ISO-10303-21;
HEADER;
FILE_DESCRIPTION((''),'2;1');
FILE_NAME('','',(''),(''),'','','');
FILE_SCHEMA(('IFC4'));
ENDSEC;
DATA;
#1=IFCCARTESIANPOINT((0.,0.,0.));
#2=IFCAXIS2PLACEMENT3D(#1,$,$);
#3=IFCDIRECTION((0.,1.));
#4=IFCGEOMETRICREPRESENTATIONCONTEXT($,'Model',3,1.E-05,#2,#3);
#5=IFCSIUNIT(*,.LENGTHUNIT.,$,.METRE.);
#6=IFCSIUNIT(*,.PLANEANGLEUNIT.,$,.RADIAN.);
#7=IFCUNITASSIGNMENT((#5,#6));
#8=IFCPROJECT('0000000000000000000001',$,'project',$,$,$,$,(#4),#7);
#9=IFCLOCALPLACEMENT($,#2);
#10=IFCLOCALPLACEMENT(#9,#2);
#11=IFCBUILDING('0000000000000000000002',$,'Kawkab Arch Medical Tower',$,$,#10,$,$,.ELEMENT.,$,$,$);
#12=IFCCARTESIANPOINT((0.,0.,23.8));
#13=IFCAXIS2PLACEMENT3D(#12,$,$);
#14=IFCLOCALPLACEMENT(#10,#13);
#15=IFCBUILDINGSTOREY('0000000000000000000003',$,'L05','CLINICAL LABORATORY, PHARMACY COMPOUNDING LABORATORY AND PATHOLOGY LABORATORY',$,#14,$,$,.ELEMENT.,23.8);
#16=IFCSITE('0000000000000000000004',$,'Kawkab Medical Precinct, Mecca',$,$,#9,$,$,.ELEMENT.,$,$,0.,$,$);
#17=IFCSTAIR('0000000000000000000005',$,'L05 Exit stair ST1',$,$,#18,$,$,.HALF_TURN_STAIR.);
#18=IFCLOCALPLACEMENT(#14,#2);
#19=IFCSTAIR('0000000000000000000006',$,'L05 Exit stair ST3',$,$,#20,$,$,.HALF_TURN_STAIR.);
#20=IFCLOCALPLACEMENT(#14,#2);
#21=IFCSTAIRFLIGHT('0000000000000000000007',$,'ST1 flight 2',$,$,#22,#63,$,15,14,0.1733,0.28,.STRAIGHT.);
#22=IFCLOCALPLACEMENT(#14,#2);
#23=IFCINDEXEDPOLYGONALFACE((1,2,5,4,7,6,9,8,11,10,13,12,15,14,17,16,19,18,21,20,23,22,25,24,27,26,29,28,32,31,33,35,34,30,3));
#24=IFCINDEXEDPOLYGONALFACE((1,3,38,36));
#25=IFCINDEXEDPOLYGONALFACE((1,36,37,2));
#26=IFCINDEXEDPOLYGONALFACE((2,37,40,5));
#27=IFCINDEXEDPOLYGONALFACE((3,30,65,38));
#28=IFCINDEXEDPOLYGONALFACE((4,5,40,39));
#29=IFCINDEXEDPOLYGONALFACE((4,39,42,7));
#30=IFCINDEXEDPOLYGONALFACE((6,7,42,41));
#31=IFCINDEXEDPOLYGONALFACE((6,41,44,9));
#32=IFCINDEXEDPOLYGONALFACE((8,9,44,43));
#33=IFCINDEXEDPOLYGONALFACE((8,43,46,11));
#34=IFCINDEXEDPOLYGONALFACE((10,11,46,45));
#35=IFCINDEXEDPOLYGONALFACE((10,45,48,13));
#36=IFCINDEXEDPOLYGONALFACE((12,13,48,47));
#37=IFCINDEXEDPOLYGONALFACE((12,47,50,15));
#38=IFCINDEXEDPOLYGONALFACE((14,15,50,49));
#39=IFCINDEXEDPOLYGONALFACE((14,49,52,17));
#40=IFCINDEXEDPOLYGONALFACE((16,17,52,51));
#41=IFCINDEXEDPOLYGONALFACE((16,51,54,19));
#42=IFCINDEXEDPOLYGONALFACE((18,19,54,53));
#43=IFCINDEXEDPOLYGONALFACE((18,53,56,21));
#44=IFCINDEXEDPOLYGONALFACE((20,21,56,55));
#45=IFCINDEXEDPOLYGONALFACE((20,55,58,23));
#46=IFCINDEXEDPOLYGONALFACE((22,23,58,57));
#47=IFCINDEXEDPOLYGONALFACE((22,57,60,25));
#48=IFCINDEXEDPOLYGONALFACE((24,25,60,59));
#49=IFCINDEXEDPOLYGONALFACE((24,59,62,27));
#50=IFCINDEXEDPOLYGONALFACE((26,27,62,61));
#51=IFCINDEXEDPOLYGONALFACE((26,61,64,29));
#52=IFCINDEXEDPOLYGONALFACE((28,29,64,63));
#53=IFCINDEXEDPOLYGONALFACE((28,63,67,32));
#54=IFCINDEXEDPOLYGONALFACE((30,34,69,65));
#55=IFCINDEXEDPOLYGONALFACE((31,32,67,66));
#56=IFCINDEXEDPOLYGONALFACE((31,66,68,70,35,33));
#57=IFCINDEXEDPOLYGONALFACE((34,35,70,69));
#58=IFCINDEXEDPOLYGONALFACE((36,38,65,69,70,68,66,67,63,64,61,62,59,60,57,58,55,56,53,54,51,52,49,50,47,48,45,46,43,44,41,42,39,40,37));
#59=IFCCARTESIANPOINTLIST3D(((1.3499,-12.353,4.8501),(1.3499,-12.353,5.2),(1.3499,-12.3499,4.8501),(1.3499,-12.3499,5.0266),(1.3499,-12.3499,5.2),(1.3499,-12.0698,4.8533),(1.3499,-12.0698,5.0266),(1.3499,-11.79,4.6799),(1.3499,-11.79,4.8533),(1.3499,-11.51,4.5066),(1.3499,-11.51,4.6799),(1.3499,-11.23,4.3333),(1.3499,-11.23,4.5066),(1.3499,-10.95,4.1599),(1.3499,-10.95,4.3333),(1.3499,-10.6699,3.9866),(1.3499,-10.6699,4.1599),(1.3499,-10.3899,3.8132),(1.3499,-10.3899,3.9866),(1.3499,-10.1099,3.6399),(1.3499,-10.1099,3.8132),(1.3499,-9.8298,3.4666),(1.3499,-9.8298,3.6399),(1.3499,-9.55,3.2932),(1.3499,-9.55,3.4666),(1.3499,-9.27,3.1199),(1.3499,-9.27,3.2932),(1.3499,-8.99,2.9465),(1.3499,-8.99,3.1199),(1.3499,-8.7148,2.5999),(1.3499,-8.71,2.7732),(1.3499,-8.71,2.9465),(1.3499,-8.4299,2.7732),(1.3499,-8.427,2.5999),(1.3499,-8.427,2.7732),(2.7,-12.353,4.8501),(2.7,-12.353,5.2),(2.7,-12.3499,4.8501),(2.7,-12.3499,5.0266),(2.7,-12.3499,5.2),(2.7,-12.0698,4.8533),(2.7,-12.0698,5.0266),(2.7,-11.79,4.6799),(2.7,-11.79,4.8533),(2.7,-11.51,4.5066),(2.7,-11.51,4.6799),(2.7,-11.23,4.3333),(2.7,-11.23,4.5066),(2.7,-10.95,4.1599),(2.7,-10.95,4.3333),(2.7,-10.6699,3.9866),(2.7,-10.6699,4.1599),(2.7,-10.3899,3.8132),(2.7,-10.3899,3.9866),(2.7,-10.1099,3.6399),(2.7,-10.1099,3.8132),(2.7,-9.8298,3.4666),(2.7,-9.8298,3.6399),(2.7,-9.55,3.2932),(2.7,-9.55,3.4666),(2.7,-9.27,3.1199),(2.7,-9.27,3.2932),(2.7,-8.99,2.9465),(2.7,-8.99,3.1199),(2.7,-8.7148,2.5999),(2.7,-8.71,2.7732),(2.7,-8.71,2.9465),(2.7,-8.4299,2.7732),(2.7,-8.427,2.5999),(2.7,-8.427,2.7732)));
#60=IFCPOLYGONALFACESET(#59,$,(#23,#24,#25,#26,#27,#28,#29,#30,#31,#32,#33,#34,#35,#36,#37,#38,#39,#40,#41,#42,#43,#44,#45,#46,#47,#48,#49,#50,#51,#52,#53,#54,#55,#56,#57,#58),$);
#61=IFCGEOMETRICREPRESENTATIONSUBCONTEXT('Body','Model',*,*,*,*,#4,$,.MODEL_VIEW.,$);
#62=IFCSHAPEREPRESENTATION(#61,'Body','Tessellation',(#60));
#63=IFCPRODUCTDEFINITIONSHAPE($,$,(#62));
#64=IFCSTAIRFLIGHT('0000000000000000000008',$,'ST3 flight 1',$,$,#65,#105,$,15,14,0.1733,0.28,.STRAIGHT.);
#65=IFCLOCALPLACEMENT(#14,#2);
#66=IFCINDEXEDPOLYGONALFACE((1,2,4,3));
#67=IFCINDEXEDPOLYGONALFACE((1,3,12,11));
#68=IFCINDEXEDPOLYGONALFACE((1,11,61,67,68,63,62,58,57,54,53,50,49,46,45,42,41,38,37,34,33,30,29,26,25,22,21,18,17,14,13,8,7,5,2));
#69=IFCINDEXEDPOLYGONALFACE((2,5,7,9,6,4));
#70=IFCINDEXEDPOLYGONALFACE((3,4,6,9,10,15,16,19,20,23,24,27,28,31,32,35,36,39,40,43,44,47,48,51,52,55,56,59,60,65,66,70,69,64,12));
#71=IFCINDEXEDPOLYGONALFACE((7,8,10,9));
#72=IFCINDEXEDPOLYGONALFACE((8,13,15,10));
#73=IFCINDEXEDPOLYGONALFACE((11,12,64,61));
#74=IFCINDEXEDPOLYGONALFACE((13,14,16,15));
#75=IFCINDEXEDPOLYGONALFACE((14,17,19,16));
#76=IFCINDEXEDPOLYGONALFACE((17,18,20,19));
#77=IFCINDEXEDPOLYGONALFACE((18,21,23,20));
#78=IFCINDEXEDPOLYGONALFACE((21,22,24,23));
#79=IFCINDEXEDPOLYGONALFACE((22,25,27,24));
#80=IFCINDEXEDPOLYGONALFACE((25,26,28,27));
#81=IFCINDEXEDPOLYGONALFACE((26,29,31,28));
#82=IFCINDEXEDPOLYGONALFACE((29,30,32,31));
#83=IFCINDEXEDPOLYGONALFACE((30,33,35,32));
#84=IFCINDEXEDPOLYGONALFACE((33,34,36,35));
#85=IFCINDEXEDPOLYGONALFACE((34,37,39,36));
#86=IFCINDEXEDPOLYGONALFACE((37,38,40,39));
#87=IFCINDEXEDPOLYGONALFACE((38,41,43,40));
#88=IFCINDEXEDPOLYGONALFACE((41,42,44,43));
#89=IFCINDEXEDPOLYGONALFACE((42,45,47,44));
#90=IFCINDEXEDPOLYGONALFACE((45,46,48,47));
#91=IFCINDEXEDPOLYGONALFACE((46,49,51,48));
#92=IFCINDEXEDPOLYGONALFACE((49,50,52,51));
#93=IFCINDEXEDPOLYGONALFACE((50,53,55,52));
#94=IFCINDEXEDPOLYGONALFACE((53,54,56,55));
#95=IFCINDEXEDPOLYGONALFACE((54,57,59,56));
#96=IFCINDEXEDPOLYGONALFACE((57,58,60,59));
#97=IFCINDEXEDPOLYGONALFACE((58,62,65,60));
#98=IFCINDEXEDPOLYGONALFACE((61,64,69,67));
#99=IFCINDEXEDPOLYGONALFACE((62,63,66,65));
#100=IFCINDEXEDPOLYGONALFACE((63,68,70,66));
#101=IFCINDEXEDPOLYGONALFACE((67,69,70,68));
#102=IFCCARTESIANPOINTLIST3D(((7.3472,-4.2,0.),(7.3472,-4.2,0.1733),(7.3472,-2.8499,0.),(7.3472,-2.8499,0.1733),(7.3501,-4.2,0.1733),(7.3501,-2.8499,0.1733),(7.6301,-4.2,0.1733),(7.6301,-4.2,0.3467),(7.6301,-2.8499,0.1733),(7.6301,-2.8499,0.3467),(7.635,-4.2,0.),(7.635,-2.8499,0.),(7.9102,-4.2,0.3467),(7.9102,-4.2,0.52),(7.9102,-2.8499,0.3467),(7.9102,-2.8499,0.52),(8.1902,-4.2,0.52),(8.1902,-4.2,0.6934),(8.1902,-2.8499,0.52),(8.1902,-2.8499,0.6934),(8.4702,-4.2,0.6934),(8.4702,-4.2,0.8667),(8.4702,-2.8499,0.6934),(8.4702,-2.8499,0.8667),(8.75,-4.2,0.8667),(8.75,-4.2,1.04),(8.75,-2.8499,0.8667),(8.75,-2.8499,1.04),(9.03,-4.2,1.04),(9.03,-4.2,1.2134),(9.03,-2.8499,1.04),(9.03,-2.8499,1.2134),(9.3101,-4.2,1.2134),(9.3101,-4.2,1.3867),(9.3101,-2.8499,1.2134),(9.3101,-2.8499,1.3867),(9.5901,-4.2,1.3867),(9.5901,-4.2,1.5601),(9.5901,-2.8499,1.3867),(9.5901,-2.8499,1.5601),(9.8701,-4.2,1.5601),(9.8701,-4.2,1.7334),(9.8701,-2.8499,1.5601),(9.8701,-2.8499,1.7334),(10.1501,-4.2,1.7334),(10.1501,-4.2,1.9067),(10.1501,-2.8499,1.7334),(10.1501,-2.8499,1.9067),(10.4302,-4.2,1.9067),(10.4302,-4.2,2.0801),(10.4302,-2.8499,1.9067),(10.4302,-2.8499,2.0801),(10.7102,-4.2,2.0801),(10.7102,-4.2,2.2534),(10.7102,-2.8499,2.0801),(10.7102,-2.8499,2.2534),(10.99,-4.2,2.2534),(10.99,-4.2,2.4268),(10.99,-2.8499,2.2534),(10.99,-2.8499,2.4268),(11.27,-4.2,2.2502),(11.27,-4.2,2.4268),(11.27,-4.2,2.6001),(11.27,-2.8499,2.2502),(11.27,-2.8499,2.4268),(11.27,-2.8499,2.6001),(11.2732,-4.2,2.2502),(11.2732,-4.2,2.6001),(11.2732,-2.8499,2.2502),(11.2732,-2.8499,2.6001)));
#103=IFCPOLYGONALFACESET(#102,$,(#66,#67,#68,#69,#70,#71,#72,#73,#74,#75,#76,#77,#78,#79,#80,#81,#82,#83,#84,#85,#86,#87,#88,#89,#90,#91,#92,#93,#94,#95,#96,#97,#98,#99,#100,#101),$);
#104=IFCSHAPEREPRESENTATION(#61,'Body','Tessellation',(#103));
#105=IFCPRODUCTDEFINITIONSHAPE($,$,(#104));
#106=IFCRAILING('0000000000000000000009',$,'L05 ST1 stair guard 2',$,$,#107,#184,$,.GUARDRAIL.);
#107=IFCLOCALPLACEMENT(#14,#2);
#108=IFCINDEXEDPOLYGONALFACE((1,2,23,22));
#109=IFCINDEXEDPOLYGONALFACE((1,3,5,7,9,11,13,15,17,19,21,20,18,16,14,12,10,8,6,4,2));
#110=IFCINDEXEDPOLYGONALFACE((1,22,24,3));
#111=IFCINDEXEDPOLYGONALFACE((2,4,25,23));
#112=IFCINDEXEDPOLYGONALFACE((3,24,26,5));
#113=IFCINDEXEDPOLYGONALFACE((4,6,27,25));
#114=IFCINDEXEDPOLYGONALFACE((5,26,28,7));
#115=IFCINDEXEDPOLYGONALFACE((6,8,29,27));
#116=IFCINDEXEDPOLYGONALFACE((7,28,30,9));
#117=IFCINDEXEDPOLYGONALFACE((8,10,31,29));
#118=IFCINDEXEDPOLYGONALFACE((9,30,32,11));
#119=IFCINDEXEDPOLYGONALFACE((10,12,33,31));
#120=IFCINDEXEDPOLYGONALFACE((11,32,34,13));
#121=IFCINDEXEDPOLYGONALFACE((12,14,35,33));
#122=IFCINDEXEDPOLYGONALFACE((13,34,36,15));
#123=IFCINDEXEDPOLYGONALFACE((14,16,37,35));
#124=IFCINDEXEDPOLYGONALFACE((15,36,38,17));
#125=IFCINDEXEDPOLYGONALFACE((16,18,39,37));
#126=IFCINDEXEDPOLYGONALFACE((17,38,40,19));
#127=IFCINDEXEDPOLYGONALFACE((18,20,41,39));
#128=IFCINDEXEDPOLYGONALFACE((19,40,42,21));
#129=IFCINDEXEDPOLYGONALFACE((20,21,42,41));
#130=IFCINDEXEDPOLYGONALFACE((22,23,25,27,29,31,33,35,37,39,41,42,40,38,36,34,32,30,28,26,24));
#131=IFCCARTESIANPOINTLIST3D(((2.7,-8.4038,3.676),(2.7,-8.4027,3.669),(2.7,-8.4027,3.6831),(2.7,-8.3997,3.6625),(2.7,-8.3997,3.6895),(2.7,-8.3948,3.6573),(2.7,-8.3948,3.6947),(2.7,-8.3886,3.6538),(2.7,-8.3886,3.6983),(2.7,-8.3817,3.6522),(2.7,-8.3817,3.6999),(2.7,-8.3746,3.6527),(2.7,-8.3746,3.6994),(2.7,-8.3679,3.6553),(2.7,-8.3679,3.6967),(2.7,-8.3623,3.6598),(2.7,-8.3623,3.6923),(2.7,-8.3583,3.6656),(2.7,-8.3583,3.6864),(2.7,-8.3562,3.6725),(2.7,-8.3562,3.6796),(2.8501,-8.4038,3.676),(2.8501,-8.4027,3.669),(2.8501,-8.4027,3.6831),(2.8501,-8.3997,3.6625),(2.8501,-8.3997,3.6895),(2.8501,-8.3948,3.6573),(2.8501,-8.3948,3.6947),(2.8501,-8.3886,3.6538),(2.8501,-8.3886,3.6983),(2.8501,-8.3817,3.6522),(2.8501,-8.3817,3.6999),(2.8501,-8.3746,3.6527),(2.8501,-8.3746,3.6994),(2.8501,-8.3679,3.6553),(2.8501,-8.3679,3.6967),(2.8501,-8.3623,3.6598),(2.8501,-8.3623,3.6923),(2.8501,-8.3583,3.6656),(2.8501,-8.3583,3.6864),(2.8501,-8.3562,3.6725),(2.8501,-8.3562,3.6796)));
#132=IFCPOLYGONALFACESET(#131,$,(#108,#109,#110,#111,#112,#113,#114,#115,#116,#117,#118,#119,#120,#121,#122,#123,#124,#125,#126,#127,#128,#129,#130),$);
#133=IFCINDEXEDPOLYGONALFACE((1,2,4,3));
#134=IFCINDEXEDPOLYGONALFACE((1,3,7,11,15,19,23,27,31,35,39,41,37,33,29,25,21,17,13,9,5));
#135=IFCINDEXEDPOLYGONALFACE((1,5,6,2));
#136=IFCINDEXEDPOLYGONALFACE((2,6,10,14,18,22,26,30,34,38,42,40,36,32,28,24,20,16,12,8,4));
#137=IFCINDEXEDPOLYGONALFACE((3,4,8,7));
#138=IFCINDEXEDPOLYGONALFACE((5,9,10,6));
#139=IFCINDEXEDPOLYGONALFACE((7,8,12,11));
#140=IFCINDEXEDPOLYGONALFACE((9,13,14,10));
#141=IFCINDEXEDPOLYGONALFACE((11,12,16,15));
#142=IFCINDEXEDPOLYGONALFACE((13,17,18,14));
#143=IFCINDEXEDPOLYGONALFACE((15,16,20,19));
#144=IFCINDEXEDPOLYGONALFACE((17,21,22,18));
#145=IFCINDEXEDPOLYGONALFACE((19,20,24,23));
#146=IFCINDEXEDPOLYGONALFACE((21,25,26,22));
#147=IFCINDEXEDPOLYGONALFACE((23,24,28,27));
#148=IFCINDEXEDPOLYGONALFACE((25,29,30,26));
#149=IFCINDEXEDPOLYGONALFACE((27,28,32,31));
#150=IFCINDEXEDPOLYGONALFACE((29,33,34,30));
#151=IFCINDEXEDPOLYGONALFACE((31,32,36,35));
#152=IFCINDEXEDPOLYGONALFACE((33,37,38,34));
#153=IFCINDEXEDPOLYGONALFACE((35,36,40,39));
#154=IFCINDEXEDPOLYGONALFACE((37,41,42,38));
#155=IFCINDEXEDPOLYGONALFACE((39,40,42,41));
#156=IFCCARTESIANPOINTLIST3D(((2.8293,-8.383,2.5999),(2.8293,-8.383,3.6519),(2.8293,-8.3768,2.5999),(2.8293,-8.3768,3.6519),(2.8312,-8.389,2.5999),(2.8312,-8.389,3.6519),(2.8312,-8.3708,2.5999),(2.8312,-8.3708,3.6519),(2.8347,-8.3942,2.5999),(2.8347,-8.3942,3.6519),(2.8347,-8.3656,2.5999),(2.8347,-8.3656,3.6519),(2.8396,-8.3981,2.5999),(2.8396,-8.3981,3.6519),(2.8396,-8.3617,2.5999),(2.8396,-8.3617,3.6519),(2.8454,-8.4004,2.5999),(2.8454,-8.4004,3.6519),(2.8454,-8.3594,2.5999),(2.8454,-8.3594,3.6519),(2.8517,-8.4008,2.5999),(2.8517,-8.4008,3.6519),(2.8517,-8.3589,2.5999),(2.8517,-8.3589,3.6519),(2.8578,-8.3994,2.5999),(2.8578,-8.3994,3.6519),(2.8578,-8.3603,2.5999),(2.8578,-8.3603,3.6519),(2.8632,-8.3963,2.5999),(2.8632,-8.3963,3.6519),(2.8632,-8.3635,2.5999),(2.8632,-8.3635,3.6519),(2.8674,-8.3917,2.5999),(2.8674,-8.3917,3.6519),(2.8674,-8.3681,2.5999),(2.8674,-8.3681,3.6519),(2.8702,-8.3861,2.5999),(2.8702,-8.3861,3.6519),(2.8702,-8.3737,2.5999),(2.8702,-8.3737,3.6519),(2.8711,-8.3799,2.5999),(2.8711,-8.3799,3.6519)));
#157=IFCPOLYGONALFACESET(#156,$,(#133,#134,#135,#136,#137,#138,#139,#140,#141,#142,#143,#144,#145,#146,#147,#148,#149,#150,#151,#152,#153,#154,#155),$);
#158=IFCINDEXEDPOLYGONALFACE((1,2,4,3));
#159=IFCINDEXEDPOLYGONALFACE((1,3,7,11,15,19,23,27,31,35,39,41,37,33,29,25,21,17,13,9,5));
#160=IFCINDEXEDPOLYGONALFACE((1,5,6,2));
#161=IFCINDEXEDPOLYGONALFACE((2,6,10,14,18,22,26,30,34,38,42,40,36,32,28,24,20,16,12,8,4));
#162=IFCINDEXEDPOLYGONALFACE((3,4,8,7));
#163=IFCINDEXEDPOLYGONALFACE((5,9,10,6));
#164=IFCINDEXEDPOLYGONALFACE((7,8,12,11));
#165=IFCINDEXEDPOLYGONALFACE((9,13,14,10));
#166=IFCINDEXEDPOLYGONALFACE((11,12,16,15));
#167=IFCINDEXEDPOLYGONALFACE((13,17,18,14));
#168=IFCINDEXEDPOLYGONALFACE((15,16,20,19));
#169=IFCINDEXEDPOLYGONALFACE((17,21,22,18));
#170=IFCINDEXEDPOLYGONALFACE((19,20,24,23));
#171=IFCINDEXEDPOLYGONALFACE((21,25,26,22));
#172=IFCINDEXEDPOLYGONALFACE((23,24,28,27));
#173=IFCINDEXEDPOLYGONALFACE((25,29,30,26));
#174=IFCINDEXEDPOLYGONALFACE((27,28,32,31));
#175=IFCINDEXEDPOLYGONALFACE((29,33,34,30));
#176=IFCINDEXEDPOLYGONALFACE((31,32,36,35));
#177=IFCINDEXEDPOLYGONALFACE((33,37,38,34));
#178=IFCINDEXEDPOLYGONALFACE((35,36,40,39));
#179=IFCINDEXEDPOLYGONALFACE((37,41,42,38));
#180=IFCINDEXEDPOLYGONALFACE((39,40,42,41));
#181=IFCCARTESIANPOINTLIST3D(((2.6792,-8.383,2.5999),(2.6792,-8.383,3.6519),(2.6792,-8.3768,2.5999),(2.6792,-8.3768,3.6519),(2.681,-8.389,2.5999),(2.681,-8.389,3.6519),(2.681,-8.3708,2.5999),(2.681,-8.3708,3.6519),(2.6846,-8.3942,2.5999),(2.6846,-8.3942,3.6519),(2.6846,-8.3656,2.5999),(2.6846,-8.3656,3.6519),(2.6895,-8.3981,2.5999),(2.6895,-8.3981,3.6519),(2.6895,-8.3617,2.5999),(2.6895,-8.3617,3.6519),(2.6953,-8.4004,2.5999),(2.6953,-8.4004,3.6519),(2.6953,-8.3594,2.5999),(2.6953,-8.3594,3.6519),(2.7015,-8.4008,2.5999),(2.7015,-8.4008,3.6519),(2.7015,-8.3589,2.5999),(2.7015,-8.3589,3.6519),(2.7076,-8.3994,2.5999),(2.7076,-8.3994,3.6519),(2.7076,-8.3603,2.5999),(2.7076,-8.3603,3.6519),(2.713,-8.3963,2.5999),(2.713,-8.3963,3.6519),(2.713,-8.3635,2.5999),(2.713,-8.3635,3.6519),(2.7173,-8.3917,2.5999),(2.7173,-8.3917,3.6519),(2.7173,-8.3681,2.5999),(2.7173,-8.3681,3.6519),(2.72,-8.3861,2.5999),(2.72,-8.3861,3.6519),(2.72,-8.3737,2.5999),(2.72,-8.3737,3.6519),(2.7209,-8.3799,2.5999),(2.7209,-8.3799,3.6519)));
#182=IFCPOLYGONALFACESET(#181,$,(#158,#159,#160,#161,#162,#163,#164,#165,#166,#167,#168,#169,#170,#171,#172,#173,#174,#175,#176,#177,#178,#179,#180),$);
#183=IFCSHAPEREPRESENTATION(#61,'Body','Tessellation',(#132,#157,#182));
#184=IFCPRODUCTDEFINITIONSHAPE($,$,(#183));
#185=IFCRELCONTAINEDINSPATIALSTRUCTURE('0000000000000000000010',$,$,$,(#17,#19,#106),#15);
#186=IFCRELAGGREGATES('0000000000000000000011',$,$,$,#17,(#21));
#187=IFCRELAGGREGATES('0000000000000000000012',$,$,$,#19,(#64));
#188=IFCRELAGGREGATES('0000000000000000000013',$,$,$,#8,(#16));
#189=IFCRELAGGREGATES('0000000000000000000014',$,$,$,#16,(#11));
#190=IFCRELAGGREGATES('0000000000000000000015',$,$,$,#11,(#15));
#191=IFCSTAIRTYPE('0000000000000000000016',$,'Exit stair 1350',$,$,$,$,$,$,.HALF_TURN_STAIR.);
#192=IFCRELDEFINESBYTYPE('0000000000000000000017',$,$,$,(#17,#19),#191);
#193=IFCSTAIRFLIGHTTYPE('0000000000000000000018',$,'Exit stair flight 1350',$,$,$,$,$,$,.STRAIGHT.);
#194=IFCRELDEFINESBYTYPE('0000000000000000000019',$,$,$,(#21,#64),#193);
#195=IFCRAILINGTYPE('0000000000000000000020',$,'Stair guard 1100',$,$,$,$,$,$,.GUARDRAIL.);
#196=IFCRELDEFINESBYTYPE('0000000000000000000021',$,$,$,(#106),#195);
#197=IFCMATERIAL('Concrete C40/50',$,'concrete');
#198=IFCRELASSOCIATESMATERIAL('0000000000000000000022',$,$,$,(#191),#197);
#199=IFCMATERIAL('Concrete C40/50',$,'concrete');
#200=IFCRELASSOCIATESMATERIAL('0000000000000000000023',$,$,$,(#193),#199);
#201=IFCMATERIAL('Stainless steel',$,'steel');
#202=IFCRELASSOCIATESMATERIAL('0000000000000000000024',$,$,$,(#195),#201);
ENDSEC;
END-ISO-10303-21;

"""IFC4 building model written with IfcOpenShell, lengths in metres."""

from ifc_helpers import new_model, si_unit, direction, frame, origin, origin_2d, place, context, subcontext, project, spatial, polyline, circle, outline, extrude, material, type_object, element, aggregate, save


model = new_model("IFC4")

# Units and contexts
model_context = context("Model", 3, precision=1e-05, world=origin(), true_north=direction((0.0, 1.0)))
body_context = subcontext(model_context, "Body", "Model", "MODEL_VIEW")
ifc_project = project(units=[si_unit("LENGTHUNIT", "METRE"), si_unit("PLANEANGLEUNIT", "RADIAN")], contexts=[model_context])

# Site, building, storey
site_placement = place(None, origin())
site = spatial("IfcSite", under=ifc_project, at=site_placement, Name="Kawkab Medical Precinct, Mecca", CompositionType="ELEMENT", RefElevation=0.0)
building_placement = place(site_placement, origin())
building = spatial("IfcBuilding", under=site, at=building_placement, Name="Kawkab Arch Medical Tower", CompositionType="ELEMENT")
storey_placement = place(building_placement, frame((0.0, 0.0, 23.8)))
storey = spatial("IfcBuildingStorey", under=building, at=storey_placement, Name="L05", Description="CLINICAL LABORATORY, PHARMACY COMPOUNDING LABORATORY AND PATHOLOGY LABORATORY", CompositionType="ELEMENT", Elevation=23.8)

# Stairs
ifc_material_1 = material(Name="Concrete C40/50", Category="concrete")
stair_type = type_object("IfcStairType", Name="Exit stair 1350", PredefinedType="HALF_TURN_STAIR", material=ifc_material_1)
placement_1 = place(storey_placement, origin())
stair_1 = element("IfcStair", 1, at=placement_1, inside=storey, type_object=stair_type, Name="L05 Exit stair ST1", PredefinedType="HALF_TURN_STAIR")
stair_2 = element("IfcStair", 2, at=placement_1, inside=storey, type_object=stair_type, Name="L05 Exit stair ST3", PredefinedType="HALF_TURN_STAIR")

# Stair flights
ifc_material_2 = material(Name="Concrete C40/50", Category="concrete")
stair_flight_type = type_object("IfcStairFlightType", Name="Exit stair flight 1350", PredefinedType="STRAIGHT", material=ifc_material_2)
stair_flight_1_placement = place(storey_placement, frame((2.0249, -8.4299, 2.5999), z_axis=(0.0, 0.0, 1.0), x_axis=(0.0, -1.0, 0.0)))
stair_flight_1 = element("IfcStairFlight", 3, at=stair_flight_1_placement, type_object=stair_flight_type, Name="ST1 flight 2", NumberOfRisers=15, NumberOfTreads=14, PredefinedType="STRAIGHT", RiserHeight=0.1733, TreadLength=0.28, context=body_context, shape_type="SweptSolid", body=[
    extrude(outline(polyline([(-0.0029, 0.0), (-0.0029, 0.1733), (0.0, 0.1733), (0.28, 0.1733), (0.28, 0.3467), (0.5601, 0.3467), (0.5601, 0.52), (0.8401, 0.52), (0.8401, 0.6934), (1.1201, 0.6934), (1.1201, 0.8667), (1.3999, 0.8667), (1.3999, 1.04), (1.6799, 1.04), (1.6799, 1.2134), (1.96, 1.2134), (1.96, 1.3867), (2.24, 1.3867), (2.24, 1.5601), (2.52, 1.5601), (2.52, 1.7334), (2.8, 1.7334), (2.8, 1.9067), (3.0801, 1.9067), (3.0801, 2.0801), (3.3601, 2.0801), (3.3601, 2.2534), (3.6399, 2.2534), (3.6399, 2.4268), (3.9199, 2.4268), (3.9199, 2.6001), (3.9231, 2.6001), (3.9231, 2.2502), (3.9199, 2.2502), (0.2849, 0.0), (-0.0029, 0.0)])), frame((0.0, 0.675, 0.0), z_axis=(0.0, -1.0, 0.0), x_axis=(1.0, 0.0, 0.0)), (0.0, 0.0, 1.0), 1.3501),
])
aggregate(stair_1, [stair_flight_1])
stair_flight_2_placement = place(storey_placement, frame((7.3501, -3.5249, 0.0), z_axis=(0.0, 0.0, 1.0), x_axis=(1.0, 0.0, 0.0)))
stair_flight_2 = element("IfcStairFlight", 4, at=stair_flight_2_placement, type_object=stair_flight_type, Name="ST3 flight 1", NumberOfRisers=15, NumberOfTreads=14, PredefinedType="STRAIGHT", RiserHeight=0.1733, TreadLength=0.28, context=body_context, shape_type="SweptSolid", body=[
    extrude(outline(polyline([(-0.0029, 0.0), (-0.0029, 0.1733), (0.0, 0.1733), (0.28, 0.1733), (0.28, 0.3467), (0.5601, 0.3467), (0.5601, 0.52), (0.8401, 0.52), (0.8401, 0.6934), (1.1201, 0.6934), (1.1201, 0.8667), (1.3999, 0.8667), (1.3999, 1.04), (1.6799, 1.04), (1.6799, 1.2134), (1.96, 1.2134), (1.96, 1.3867), (2.24, 1.3867), (2.24, 1.5601), (2.52, 1.5601), (2.52, 1.7334), (2.8, 1.7334), (2.8, 1.9067), (3.0801, 1.9067), (3.0801, 2.0801), (3.3601, 2.0801), (3.3601, 2.2534), (3.6399, 2.2534), (3.6399, 2.4268), (3.9199, 2.4268), (3.9199, 2.6001), (3.9231, 2.6001), (3.9231, 2.2502), (3.9199, 2.2502), (0.2849, 0.0), (-0.0029, 0.0)])), frame((0.0, 0.675, 0.0), z_axis=(0.0, -1.0, 0.0), x_axis=(1.0, 0.0, 0.0)), (0.0, 0.0, 1.0), 1.3501),
])
aggregate(stair_2, [stair_flight_2])

# Railing
ifc_material_3 = material(Name="Stainless steel", Category="steel")
railing_type = type_object("IfcRailingType", Name="Stair guard 1100", PredefinedType="GUARDRAIL", material=ifc_material_3)
railing_1_placement = place(storey_placement, frame((2.8501, -8.3799, 2.5999)))
element("IfcRailing", 5, at=railing_1_placement, inside=storey, type_object=railing_type, Name="L05 ST1 stair guard 2", PredefinedType="GUARDRAIL", context=body_context, shape_type="SweptSolid", body=[
    extrude(circle(Radius=0.0239, at=origin_2d()), frame((0.0, 0.0, 1.0762), z_axis=(-1.0, 0.0, 0.0), x_axis=(0.0, -1.0, 0.0)), (0.0, 0.0, 1.0), 0.1501),
    extrude(circle(Radius=0.021, at=origin_2d()), origin(), (0.0, 0.0, 1.0), 1.052),
    extrude(circle(Radius=0.021, at=origin_2d()), frame((-0.1501, 0.0, 0.0)), (0.0, 0.0, 1.0), 1.052),
])

save(model, "model.ifc")
